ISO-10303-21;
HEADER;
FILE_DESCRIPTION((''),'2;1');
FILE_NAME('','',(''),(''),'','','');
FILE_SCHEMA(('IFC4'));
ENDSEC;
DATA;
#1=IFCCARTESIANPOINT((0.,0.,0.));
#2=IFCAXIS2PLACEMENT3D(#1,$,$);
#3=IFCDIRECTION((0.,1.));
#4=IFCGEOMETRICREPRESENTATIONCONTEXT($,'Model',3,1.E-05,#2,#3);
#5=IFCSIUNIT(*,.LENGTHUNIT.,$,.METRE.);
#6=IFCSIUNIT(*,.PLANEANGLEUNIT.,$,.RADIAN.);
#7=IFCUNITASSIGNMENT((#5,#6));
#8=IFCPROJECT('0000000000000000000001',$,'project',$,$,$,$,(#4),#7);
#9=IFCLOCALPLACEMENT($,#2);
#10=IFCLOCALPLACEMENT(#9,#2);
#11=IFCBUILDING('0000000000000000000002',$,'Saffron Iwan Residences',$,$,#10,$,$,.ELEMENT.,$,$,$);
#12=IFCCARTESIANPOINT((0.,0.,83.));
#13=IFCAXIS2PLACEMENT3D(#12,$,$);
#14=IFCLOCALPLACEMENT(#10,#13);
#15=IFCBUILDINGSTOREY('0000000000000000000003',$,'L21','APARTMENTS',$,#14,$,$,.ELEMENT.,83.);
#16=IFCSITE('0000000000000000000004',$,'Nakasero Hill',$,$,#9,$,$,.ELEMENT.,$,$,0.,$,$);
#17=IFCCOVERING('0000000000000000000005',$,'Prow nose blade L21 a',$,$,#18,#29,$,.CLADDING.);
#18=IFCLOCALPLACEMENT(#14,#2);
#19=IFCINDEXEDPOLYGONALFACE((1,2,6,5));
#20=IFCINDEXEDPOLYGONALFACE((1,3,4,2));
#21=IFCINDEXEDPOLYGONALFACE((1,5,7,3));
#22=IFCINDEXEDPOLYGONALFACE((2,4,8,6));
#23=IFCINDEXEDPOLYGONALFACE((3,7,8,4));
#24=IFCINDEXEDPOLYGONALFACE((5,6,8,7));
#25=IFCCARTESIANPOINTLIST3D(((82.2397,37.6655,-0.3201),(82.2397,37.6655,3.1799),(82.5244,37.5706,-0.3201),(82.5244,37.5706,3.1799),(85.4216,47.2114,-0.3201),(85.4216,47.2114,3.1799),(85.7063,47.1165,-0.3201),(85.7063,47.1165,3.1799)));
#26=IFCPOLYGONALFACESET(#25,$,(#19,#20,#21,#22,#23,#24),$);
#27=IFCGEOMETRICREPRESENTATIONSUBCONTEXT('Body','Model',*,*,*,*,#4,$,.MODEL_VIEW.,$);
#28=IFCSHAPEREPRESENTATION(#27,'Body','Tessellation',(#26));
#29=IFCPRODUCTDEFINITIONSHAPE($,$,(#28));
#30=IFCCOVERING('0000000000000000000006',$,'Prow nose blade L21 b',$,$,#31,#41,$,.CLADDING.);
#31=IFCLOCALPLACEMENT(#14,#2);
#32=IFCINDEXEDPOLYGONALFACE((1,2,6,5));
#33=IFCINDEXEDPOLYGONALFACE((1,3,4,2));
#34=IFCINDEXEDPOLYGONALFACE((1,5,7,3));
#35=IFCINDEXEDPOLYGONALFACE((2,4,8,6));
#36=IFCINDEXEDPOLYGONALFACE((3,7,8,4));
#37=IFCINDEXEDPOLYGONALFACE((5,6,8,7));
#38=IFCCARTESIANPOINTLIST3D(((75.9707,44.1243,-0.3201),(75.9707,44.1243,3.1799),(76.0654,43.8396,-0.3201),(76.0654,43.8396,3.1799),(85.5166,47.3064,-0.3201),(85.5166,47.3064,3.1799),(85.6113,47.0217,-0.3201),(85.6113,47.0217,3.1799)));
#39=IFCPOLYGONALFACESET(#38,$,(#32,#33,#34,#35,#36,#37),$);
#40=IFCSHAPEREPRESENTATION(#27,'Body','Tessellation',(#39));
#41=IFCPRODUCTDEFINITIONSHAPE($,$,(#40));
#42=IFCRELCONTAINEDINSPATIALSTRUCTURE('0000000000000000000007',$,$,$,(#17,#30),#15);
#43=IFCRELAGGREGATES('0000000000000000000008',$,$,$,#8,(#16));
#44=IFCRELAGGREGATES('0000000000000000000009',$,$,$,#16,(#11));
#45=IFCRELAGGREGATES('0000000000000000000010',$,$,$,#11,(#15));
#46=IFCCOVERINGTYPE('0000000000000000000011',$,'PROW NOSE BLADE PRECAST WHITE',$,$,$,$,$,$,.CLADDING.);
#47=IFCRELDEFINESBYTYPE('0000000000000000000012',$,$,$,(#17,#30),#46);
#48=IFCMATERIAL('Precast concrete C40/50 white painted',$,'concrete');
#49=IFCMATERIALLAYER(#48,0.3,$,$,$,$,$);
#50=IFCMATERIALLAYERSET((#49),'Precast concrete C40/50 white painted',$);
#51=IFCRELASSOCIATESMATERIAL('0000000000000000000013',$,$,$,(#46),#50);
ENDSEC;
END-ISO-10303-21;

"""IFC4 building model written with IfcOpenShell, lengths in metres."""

from ifc_helpers import new_model, si_unit, direction, frame, origin, place, context, subcontext, project, spatial, polyline, outline, extrude, material, layer, layer_set, type_object, element, save


model = new_model("IFC4")

# Units and contexts
model_context = context("Model", 3, precision=1e-05, world=origin(), true_north=direction((0.0, 1.0)))
body_context = subcontext(model_context, "Body", "Model", "MODEL_VIEW")
ifc_project = project(units=[si_unit("LENGTHUNIT", "METRE"), si_unit("PLANEANGLEUNIT", "RADIAN")], contexts=[model_context])

# Site, building, storey
site_placement = place(None, origin())
site = spatial("IfcSite", under=ifc_project, at=site_placement, Name="Nakasero Hill", CompositionType="ELEMENT", RefElevation=0.0)
building_placement = place(site_placement, origin())
building = spatial("IfcBuilding", under=site, at=building_placement, Name="Saffron Iwan Residences", CompositionType="ELEMENT")
storey_placement = place(building_placement, frame((0.0, 0.0, 83.0)))
storey = spatial("IfcBuildingStorey", under=building, at=storey_placement, Name="L21", Description="APARTMENTS", CompositionType="ELEMENT", Elevation=83.0)

# Coverings
ifc_material_1 = material(Name="Precast concrete C40/50 white painted", Category="concrete")
ifc_layer_1 = layer(ifc_material_1, 0.3)
ifc_layer_set_1 = layer_set([ifc_layer_1], Name="Precast concrete C40/50 white painted")
covering_type_1 = type_object("IfcCoveringType", Name="PROW NOSE BLADE PRECAST WHITE", PredefinedType="CLADDING", material=ifc_layer_set_1)
covering_1_placement = place(storey_placement, frame((0.0, 0.0, -0.3201)))
element("IfcCovering", 1, at=covering_1_placement, inside=storey, type_object=covering_type_1, Name="Prow nose blade L21 a", PredefinedType="CLADDING", context=body_context, shape_type="SweptSolid", body=[
    extrude(outline(polyline([(82.5244, 37.5706), (85.7063, 47.1165), (85.4216, 47.2114), (82.2397, 37.6655), (82.5244, 37.5706)])), origin(), (0.0, 0.0, 1.0), 3.5),
])
covering_2_placement = place(storey_placement, frame((0.0, 0.0, -0.3201)))
element("IfcCovering", 2, at=covering_2_placement, inside=storey, type_object=covering_type_1, Name="Prow nose blade L21 b", PredefinedType="CLADDING", context=body_context, shape_type="SweptSolid", body=[
    extrude(outline(polyline([(76.0654, 43.8396), (85.6113, 47.0217), (85.5166, 47.3064), (75.9707, 44.1243), (76.0654, 43.8396)])), origin(), (0.0, 0.0, 1.0), 3.5),
])

save(model, "model.ifc")
